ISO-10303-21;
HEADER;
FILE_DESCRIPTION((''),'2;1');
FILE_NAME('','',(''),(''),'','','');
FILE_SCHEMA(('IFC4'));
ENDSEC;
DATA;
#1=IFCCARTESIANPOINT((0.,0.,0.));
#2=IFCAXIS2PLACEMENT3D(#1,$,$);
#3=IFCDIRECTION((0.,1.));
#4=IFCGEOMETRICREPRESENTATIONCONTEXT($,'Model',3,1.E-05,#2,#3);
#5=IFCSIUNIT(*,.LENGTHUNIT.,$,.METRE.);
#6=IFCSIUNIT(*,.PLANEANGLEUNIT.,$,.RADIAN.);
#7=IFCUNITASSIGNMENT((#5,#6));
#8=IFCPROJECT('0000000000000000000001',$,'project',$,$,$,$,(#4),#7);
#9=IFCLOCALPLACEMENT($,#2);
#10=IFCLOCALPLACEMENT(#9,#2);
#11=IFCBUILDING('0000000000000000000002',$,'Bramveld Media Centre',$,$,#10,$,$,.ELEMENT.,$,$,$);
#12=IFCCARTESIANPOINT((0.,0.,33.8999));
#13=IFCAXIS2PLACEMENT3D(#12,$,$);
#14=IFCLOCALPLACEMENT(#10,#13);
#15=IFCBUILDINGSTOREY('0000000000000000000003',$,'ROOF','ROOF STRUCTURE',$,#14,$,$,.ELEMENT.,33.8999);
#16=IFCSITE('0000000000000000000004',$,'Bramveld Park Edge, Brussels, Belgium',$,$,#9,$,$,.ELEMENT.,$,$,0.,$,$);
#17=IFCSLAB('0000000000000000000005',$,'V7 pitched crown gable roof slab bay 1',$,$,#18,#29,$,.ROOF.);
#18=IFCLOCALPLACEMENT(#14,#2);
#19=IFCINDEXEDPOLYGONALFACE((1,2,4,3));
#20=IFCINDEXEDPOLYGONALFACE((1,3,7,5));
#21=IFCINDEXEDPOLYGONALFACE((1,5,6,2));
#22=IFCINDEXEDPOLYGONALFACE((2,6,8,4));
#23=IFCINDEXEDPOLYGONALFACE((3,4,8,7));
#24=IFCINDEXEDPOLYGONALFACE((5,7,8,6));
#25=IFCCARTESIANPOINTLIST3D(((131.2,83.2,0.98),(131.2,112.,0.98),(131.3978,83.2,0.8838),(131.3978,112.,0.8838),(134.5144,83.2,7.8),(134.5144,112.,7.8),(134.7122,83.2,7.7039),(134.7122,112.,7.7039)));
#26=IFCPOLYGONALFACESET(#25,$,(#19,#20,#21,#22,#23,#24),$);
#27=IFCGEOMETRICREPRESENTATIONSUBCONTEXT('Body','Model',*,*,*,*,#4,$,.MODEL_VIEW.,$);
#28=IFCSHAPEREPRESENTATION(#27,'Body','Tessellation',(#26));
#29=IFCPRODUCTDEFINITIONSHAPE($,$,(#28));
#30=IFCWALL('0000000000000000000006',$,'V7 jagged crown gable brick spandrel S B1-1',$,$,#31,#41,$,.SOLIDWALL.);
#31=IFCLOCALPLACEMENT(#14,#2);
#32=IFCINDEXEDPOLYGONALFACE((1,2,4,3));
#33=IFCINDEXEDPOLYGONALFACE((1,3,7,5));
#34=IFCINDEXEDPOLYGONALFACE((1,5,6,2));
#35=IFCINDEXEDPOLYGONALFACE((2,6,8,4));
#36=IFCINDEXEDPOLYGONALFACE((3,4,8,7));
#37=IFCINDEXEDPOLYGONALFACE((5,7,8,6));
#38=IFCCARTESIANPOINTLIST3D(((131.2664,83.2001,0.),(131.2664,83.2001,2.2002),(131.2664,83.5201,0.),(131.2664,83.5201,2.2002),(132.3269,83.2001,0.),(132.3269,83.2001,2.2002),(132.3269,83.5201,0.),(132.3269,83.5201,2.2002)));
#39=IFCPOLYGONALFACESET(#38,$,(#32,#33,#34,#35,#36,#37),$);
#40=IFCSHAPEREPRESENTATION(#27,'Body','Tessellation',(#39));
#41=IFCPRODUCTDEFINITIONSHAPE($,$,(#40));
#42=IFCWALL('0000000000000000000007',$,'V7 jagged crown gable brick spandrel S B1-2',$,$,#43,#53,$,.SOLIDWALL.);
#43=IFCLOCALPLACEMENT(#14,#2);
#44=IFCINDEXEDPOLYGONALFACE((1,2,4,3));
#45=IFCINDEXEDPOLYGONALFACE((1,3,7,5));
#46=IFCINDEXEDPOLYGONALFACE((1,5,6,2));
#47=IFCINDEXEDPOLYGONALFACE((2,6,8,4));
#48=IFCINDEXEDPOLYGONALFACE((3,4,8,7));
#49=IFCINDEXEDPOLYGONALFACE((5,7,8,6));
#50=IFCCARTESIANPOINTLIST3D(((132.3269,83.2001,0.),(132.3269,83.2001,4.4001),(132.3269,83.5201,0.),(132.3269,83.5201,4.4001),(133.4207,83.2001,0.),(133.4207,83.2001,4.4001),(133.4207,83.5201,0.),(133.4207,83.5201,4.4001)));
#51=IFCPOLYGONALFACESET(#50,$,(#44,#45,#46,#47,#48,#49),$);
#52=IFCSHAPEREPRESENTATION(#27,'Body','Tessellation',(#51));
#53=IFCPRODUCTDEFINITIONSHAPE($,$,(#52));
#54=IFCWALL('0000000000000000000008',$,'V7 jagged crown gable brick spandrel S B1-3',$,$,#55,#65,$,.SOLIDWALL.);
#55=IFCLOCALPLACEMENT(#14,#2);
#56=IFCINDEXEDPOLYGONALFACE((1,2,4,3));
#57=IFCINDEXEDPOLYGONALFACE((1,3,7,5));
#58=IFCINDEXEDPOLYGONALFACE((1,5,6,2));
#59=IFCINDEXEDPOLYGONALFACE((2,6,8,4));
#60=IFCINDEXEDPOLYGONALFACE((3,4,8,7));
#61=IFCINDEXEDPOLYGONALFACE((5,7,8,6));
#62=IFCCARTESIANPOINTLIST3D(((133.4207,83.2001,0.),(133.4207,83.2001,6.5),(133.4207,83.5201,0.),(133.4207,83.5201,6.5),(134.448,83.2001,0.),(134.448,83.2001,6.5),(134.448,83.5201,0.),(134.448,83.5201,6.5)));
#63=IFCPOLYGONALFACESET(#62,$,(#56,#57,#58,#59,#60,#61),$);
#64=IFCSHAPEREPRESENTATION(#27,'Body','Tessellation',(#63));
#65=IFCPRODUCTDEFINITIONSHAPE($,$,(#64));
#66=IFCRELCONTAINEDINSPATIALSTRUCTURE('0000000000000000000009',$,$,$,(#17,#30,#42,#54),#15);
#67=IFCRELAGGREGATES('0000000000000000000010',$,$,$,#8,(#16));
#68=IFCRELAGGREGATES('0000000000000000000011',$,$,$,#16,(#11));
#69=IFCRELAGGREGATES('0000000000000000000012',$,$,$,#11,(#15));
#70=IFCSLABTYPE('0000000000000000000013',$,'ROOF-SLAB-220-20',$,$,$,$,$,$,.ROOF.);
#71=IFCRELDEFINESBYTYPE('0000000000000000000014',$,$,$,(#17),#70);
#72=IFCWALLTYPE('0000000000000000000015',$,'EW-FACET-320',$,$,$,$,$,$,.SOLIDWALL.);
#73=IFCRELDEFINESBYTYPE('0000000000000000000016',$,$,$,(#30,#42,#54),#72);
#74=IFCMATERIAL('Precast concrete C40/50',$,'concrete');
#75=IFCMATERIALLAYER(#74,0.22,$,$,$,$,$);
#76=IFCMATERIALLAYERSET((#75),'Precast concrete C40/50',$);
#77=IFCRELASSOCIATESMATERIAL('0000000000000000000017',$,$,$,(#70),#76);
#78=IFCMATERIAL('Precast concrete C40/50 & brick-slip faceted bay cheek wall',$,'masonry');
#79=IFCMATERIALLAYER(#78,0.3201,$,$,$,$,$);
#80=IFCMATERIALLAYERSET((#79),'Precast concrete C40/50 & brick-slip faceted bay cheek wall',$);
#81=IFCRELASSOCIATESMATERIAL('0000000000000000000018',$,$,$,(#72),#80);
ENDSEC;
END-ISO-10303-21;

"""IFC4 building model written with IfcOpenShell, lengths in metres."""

from ifc_helpers import new_model, si_unit, direction, frame, frame_2d, origin, place, context, subcontext, project, spatial, polyline, rectangle, outline, extrude, material, layer, layer_set, type_object, element, save


model = new_model("IFC4")

# Units and contexts
model_context = context("Model", 3, precision=1e-05, world=origin(), true_north=direction((0.0, 1.0)))
body_context = subcontext(model_context, "Body", "Model", "MODEL_VIEW")
ifc_project = project(units=[si_unit("LENGTHUNIT", "METRE"), si_unit("PLANEANGLEUNIT", "RADIAN")], contexts=[model_context])

# Site, building, storey
site_placement = place(None, origin())
site = spatial("IfcSite", under=ifc_project, at=site_placement, Name="Bramveld Park Edge, Brussels, Belgium", CompositionType="ELEMENT", RefElevation=0.0)
building_placement = place(site_placement, origin())
building = spatial("IfcBuilding", under=site, at=building_placement, Name="Bramveld Media Centre", CompositionType="ELEMENT")
storey_placement = place(building_placement, frame((0.0, 0.0, 33.8999)))
storey = spatial("IfcBuildingStorey", under=building, at=storey_placement, Name="ROOF", Description="ROOF STRUCTURE", CompositionType="ELEMENT", Elevation=33.8999)

# Slab
ifc_material_1 = material(Name="Precast concrete C40/50", Category="concrete")
ifc_layer_1 = layer(ifc_material_1, 0.22)
ifc_layer_set_1 = layer_set([ifc_layer_1], Name="Precast concrete C40/50")
slab_type = type_object("IfcSlabType", Name="ROOF-SLAB-220-20", PredefinedType="ROOF", material=ifc_layer_set_1)
slab_placement = place(storey_placement, frame((131.2, 83.2, 0.98), z_axis=(-0.899412, 0.0, 0.437101), x_axis=(0.437101, 0.0, 0.899412)))
element("IfcSlab", 1, at=slab_placement, inside=storey, type_object=slab_type, Name="V7 pitched crown gable roof slab bay 1", PredefinedType="ROOF", context=body_context, shape_type="SweptSolid", body=[
    extrude(outline(polyline([(0.0, 0.0), (7.5828, 0.0), (7.5828, 28.8), (0.0, 28.8), (0.0, 0.0)])), origin(), (0.0, 0.0, -1.0), 0.22),
])

# Walls
ifc_material_2 = material(Name="Precast concrete C40/50 & brick-slip faceted bay cheek wall", Category="masonry")
ifc_layer_2 = layer(ifc_material_2, 0.3201)
ifc_layer_set_2 = layer_set([ifc_layer_2], Name="Precast concrete C40/50 & brick-slip faceted bay cheek wall")
wall_type = type_object("IfcWallType", Name="EW-FACET-320", PredefinedType="SOLIDWALL", material=ifc_layer_set_2)
wall_1_placement = place(storey_placement, frame((132.3269, 83.3601, 0.0), z_axis=(0.0, 0.0, 1.0), x_axis=(-1.0, 0.0, 0.0)))
element("IfcWall", 2, at=wall_1_placement, inside=storey, type_object=wall_type, Name="V7 jagged crown gable brick spandrel S B1-1", PredefinedType="SOLIDWALL", context=body_context, shape_type="SweptSolid", body=[
    extrude(rectangle(XDim=1.0605, YDim=0.3201, at=frame_2d((0.5303, 0.0))), origin(), (0.0, 0.0, 1.0), 2.2002),
])
wall_2_placement = place(storey_placement, frame((133.4207, 83.3601, 0.0), z_axis=(0.0, 0.0, 1.0), x_axis=(-1.0, 0.0, 0.0)))
element("IfcWall", 3, at=wall_2_placement, inside=storey, type_object=wall_type, Name="V7 jagged crown gable brick spandrel S B1-2", PredefinedType="SOLIDWALL", context=body_context, shape_type="SweptSolid", body=[
    extrude(rectangle(XDim=1.0938, YDim=0.3201, at=frame_2d((0.5469, 0.0))), origin(), (0.0, 0.0, 1.0), 4.4001),
])
wall_3_placement = place(storey_placement, frame((134.448, 83.3601, 0.0), z_axis=(0.0, 0.0, 1.0), x_axis=(-1.0, 0.0, 0.0)))
element("IfcWall", 4, at=wall_3_placement, inside=storey, type_object=wall_type, Name="V7 jagged crown gable brick spandrel S B1-3", PredefinedType="SOLIDWALL", context=body_context, shape_type="SweptSolid", body=[
    extrude(rectangle(XDim=1.0273, YDim=0.3201, at=frame_2d((0.5137, 0.0))), origin(), (0.0, 0.0, 1.0), 6.5),
])

save(model, "model.ifc")
